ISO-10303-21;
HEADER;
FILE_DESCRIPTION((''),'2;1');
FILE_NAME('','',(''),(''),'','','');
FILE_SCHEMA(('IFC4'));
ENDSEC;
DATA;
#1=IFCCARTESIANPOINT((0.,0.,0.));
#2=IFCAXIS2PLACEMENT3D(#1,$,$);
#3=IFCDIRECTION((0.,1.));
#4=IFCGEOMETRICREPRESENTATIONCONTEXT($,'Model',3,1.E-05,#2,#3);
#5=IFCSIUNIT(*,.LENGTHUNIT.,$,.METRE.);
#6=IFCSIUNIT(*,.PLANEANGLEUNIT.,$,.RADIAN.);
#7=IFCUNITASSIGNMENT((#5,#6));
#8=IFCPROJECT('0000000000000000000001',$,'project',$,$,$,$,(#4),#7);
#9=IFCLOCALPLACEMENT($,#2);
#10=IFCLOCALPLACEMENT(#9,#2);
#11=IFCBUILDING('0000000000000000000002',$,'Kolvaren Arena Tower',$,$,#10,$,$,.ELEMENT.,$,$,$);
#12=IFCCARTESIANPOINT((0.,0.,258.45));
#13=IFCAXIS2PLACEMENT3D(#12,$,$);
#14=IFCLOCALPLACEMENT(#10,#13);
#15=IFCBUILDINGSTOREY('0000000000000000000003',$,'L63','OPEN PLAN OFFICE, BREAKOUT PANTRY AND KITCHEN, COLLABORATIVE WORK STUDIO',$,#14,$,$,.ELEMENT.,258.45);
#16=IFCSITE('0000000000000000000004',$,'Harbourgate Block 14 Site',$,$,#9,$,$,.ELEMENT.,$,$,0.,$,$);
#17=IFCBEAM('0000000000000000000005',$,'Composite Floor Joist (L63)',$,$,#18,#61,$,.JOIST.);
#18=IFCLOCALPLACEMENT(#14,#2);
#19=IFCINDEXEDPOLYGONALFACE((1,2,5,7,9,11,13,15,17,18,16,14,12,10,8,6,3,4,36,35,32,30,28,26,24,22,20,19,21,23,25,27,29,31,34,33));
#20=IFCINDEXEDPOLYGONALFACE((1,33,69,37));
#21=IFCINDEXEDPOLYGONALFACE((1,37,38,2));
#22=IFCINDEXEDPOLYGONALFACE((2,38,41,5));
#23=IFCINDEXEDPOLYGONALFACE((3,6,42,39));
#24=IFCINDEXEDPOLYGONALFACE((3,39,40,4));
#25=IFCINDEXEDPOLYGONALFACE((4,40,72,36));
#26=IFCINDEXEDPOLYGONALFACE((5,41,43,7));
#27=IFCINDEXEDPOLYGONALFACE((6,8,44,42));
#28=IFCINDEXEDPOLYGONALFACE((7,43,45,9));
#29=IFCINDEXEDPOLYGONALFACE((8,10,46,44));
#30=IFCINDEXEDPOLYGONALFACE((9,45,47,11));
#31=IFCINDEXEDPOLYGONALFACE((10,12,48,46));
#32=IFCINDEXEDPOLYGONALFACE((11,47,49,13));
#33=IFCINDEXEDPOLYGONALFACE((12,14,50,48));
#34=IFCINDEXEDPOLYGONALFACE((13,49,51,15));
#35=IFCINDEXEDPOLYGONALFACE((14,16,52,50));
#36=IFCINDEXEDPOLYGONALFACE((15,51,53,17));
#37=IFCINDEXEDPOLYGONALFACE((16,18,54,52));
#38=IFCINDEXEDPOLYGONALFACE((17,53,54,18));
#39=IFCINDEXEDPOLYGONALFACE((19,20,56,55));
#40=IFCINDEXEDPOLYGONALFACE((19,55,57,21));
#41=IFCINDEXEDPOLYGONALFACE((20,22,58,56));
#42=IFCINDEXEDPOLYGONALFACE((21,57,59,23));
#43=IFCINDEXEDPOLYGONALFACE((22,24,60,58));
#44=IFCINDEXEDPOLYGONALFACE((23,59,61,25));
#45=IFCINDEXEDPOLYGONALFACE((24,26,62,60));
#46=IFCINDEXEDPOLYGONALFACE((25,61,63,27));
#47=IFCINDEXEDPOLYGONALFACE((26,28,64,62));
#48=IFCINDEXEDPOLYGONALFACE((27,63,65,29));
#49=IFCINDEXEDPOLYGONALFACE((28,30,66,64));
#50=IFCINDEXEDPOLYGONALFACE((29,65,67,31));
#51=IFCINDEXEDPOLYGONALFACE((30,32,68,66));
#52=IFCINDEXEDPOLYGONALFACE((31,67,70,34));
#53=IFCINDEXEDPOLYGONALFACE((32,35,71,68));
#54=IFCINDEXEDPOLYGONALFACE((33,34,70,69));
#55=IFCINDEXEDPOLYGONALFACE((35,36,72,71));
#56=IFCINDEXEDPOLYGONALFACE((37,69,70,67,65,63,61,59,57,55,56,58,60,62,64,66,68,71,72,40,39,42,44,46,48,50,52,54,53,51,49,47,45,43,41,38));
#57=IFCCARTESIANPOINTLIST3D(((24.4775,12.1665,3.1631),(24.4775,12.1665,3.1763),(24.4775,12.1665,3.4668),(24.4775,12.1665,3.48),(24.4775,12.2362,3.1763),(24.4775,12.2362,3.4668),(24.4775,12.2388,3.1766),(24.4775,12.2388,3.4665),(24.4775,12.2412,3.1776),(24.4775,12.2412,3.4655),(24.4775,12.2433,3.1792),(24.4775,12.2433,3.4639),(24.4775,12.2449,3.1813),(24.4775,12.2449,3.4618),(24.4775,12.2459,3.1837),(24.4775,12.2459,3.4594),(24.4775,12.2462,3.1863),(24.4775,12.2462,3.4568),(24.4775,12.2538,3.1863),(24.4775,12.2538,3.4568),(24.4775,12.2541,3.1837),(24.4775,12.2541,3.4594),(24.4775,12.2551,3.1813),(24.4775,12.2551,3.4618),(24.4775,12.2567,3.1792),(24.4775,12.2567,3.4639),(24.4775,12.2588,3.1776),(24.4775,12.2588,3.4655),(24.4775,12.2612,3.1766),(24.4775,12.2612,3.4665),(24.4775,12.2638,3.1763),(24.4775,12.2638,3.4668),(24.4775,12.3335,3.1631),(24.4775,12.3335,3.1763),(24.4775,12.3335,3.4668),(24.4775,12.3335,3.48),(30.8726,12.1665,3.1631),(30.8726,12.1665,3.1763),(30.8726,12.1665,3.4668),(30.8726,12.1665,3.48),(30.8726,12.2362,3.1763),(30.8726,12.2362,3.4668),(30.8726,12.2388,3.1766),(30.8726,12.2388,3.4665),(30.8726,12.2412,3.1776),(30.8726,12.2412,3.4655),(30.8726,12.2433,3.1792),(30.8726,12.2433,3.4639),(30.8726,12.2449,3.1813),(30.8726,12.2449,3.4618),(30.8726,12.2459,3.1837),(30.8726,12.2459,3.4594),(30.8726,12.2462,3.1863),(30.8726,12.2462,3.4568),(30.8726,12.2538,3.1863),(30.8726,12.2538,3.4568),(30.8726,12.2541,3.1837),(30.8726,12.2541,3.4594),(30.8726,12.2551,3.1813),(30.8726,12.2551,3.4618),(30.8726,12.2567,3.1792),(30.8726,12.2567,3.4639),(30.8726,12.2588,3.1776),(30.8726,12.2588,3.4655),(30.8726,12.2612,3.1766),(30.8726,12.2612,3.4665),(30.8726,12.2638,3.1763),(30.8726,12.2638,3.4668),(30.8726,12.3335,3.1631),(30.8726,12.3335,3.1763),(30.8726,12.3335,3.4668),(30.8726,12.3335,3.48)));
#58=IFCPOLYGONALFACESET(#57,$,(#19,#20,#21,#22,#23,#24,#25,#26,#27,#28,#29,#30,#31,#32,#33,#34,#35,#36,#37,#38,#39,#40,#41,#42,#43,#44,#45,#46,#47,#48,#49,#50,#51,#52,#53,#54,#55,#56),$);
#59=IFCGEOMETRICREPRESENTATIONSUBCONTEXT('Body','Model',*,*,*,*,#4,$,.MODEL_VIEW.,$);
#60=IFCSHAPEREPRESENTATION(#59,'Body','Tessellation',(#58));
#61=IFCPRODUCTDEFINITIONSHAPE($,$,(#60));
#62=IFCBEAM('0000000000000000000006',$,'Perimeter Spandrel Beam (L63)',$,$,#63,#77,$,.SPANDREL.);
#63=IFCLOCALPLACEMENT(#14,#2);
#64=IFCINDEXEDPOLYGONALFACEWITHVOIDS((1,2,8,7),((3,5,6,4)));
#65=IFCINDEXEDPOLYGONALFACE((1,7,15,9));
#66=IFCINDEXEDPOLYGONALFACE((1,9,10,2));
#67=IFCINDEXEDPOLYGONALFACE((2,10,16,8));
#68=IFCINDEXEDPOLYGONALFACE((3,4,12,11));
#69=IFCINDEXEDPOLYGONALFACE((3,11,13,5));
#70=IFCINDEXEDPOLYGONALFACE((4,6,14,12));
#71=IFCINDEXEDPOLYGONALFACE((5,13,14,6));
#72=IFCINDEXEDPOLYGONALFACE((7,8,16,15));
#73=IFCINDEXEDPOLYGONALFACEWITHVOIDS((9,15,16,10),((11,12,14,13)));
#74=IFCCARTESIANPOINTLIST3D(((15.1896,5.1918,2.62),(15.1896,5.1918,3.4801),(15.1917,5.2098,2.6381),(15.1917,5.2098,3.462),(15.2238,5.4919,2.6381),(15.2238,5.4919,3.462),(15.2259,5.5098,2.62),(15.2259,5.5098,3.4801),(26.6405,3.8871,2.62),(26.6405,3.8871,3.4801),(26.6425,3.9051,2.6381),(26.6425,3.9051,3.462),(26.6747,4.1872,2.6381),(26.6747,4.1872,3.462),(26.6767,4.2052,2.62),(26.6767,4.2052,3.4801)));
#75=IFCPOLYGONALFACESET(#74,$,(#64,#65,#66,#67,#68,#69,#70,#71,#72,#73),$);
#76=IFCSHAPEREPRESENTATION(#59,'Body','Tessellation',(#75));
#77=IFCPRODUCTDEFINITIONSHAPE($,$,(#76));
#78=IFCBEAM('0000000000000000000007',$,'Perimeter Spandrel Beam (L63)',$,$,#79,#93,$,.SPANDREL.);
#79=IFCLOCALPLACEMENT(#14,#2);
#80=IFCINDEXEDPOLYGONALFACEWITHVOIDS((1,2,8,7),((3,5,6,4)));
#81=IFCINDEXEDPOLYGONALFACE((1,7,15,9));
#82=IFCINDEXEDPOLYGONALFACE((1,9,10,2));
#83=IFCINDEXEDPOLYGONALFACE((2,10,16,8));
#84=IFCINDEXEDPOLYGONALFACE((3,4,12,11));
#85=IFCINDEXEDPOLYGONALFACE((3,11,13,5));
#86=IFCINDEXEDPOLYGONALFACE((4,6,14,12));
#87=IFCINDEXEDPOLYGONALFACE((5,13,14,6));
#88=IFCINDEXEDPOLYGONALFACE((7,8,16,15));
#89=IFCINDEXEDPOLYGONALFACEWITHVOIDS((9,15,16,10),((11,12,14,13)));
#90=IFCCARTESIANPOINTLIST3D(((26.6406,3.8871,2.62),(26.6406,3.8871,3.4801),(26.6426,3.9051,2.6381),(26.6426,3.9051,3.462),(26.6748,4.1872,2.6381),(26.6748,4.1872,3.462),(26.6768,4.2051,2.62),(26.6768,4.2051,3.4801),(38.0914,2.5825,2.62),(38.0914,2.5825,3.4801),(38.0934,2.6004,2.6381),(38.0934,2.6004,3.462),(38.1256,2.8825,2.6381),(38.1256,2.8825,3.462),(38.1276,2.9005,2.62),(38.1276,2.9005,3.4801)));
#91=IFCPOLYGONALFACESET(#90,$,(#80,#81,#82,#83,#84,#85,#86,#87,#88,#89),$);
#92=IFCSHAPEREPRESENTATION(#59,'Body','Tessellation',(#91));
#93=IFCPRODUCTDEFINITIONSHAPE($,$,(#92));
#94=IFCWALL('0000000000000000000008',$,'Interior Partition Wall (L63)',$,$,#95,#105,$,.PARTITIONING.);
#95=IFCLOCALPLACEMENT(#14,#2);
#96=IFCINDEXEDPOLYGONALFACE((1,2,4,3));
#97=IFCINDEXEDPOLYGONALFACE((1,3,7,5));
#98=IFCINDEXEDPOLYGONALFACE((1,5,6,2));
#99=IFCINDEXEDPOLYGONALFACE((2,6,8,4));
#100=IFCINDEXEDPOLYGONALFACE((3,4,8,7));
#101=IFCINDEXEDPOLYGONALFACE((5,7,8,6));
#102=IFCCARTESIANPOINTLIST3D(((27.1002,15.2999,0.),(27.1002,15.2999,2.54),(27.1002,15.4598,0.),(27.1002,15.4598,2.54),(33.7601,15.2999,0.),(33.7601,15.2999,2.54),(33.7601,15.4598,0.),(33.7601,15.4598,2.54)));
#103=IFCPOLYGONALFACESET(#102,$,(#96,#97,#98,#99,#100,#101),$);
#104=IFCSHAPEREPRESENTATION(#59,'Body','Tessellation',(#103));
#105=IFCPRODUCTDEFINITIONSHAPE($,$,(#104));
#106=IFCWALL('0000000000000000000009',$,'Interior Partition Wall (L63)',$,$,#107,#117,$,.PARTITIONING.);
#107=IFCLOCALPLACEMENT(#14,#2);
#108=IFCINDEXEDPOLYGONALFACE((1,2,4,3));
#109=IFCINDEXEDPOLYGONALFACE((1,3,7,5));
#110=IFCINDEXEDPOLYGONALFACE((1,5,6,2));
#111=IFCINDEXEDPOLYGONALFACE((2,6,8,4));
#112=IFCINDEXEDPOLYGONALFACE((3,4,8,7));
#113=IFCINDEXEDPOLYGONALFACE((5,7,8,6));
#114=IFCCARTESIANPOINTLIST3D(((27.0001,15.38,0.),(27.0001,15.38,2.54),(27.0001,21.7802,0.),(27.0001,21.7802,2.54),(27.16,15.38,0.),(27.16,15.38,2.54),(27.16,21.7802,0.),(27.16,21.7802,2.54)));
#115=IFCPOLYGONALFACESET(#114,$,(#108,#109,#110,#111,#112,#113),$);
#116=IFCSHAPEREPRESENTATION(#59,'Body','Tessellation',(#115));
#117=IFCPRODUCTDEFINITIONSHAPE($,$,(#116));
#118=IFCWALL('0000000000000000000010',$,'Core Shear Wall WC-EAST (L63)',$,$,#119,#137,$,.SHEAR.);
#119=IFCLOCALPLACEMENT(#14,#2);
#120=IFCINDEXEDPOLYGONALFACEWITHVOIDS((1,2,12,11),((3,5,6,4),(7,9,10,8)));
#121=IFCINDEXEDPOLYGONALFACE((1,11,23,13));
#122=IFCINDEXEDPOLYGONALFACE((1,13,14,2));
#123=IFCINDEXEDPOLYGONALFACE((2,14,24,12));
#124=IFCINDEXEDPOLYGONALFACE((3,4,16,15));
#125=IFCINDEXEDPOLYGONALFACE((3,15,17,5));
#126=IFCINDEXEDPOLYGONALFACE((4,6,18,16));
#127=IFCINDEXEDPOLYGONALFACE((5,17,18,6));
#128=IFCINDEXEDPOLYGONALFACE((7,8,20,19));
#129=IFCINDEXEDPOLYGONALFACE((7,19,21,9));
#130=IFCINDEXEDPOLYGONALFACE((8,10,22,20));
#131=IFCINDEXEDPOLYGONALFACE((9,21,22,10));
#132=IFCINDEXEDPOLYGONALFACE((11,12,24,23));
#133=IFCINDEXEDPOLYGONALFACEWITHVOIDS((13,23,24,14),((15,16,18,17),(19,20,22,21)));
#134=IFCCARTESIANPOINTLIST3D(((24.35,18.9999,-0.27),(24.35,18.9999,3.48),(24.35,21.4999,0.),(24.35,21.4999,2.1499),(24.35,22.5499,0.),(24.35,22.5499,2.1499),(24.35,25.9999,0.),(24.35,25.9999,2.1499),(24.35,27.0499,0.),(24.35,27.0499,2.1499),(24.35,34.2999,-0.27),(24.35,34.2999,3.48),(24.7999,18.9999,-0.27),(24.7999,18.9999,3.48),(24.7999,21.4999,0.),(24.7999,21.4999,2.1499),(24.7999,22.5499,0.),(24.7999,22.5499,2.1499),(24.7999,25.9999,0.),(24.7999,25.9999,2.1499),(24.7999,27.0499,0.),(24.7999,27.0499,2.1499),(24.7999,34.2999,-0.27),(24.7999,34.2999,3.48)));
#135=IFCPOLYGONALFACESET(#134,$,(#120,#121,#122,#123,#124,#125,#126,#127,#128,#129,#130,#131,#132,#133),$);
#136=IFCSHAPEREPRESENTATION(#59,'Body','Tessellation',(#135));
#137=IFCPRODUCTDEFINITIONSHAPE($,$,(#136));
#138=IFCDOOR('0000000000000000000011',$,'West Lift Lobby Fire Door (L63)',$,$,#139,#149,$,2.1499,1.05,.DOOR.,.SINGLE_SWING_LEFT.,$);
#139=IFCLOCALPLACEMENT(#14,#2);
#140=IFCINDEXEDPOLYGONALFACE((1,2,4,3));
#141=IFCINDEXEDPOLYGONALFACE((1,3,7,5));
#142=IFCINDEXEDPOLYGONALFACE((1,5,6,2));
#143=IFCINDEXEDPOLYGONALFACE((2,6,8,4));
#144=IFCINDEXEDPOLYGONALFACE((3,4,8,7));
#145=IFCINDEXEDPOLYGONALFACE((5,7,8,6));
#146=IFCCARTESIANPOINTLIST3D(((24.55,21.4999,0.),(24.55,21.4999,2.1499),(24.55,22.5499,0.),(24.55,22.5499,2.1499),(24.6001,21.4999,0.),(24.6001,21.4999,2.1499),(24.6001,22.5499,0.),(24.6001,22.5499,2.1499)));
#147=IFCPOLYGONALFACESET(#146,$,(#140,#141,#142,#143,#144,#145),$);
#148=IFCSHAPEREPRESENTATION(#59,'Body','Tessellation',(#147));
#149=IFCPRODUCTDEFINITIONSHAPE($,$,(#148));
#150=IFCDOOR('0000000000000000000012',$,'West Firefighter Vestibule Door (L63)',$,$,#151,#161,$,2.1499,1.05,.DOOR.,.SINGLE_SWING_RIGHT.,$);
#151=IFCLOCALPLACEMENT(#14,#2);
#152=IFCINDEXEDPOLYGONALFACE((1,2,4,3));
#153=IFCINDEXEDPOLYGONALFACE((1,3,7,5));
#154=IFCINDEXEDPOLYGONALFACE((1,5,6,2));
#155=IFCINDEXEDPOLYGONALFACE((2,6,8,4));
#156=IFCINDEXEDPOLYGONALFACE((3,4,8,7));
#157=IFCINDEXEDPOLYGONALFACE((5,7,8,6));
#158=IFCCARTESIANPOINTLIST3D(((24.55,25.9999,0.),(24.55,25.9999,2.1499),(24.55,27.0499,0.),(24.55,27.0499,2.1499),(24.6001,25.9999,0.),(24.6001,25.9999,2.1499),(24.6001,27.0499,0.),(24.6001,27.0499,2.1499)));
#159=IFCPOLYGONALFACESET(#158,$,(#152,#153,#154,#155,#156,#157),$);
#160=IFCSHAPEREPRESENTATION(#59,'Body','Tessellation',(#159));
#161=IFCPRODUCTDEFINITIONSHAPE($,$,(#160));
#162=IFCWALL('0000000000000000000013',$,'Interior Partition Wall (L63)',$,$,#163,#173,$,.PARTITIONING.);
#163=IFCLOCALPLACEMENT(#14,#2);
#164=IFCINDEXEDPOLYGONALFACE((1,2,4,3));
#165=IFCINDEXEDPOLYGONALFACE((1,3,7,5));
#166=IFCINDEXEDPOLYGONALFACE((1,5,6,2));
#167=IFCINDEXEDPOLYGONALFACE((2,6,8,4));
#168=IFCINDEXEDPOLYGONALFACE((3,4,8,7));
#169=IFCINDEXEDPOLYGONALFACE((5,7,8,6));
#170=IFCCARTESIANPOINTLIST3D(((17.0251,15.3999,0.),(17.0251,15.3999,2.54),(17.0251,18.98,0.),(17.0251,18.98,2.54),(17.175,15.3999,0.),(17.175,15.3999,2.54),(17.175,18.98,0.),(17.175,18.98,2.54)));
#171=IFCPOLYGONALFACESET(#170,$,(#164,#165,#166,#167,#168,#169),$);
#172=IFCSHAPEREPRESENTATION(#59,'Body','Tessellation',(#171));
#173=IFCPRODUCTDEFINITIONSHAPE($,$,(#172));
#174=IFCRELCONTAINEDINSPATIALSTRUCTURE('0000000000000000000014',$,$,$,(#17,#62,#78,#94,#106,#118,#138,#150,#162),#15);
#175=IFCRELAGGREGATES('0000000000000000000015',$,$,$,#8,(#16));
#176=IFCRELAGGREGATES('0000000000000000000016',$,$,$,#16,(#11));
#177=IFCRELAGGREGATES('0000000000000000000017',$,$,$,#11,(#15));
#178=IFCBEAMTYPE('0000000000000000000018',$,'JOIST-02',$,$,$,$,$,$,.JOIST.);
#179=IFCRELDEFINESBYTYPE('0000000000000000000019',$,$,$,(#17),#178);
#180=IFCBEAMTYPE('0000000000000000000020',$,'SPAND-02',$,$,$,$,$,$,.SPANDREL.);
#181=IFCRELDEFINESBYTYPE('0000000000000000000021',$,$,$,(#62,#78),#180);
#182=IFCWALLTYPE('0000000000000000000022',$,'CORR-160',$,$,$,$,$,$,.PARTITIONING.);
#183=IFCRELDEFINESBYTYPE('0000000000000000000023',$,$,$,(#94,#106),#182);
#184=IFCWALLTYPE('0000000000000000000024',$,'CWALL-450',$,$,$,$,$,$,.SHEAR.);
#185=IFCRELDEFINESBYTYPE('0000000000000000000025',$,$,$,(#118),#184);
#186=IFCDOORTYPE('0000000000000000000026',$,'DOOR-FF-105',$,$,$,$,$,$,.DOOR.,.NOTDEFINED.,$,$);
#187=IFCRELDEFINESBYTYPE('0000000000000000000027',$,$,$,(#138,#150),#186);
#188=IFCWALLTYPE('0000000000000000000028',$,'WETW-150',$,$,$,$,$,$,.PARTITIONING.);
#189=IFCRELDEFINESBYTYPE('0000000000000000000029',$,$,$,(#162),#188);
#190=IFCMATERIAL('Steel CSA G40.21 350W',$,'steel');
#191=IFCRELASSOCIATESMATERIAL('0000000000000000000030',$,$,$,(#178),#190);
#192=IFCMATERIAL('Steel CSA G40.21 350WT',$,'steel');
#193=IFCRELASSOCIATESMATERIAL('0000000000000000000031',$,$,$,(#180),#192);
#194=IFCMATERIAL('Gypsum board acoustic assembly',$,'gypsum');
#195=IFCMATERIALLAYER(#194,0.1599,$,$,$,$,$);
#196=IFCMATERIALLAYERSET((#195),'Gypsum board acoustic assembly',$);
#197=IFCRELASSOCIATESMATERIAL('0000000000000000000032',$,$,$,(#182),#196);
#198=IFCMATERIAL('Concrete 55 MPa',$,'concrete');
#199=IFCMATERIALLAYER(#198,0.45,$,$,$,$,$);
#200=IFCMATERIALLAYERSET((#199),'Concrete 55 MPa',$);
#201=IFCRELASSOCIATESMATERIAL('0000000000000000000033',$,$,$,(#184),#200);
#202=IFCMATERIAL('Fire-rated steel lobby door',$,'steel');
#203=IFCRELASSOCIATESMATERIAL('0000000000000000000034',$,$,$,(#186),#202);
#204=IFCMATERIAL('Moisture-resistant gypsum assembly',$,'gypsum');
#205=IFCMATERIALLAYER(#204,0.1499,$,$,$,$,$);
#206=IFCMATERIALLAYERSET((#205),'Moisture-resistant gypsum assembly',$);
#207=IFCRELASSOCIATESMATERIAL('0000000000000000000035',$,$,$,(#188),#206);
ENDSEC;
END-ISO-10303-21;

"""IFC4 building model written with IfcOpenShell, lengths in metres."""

from ifc_helpers import new_model, si_unit, direction, frame, frame_2d, origin, origin_2d, place, context, subcontext, project, spatial, rectangle, hollow_rectangle, i_section, extrude, material, layer, layer_set, material_profile, profile_set, type_object, element, fill, save


model = new_model("IFC4")

# Units and contexts
model_context = context("Model", 3, precision=1e-05, world=origin(), true_north=direction((0.0, 1.0)))
body_context = subcontext(model_context, "Body", "Model", "MODEL_VIEW")
ifc_project = project(units=[si_unit("LENGTHUNIT", "METRE"), si_unit("PLANEANGLEUNIT", "RADIAN")], contexts=[model_context])

# Site, building, storey
site_placement = place(None, origin())
site = spatial("IfcSite", under=ifc_project, at=site_placement, Name="Harbourgate Block 14 Site", CompositionType="ELEMENT", RefElevation=0.0)
building_placement = place(site_placement, origin())
building = spatial("IfcBuilding", under=site, at=building_placement, Name="Kolvaren Arena Tower", CompositionType="ELEMENT")
storey_placement = place(building_placement, frame((0.0, 0.0, 258.45)))
storey = spatial("IfcBuildingStorey", under=building, at=storey_placement, Name="L63", Description="OPEN PLAN OFFICE, BREAKOUT PANTRY AND KITCHEN, COLLABORATIVE WORK STUDIO", CompositionType="ELEMENT", Elevation=258.45)

# Beams
ifc_material_1 = material(Name="Steel CSA G40.21 350W", Category="steel")
ifc_material_profile_1 = material_profile(ifc_material_1, i_section(OverallWidth=0.167, OverallDepth=0.3169, WebThickness=0.0076, FlangeThickness=0.0132, FilletRadius=0.01, at=origin_2d()), Name="W310x52")
ifc_profile_set_1 = profile_set([ifc_material_profile_1], Name="Steel CSA G40.21 350W")
beam_type_1 = type_object("IfcBeamType", Name="JOIST-02", PredefinedType="JOIST", material=ifc_profile_set_1)
for number, where, z_axis, x_axis, name in (
    (1, (24.4775, 12.25, 3.3215), (1.0, 0.0, 0.0), (0.0, 1.0, 0.0), "Composite Floor Joist (L63)"),
):
    element("IfcBeam", number, at=place(storey_placement, frame(where, z_axis=z_axis, x_axis=x_axis)), inside=storey, type_object=beam_type_1, Name=name, PredefinedType="JOIST", context=body_context, shape_type="SweptSolid", body=[
        extrude(i_section(OverallWidth=0.167, OverallDepth=0.3169, WebThickness=0.0076, FlangeThickness=0.0132, FilletRadius=0.01, at=origin_2d()), origin(), (0.0, 0.0, 1.0), 6.395),
    ])
ifc_material_2 = material(Name="Steel CSA G40.21 350WT", Category="steel")
ifc_material_profile_2 = material_profile(ifc_material_2, hollow_rectangle(XDim=0.3201, YDim=0.8601, WallThickness=0.0181, at=origin_2d()), Name="HSS 860x320x18")
ifc_profile_set_2 = profile_set([ifc_material_profile_2], Name="Steel CSA G40.21 350WT")
beam_type_2 = type_object("IfcBeamType", Name="SPAND-02", PredefinedType="SPANDREL", material=ifc_profile_set_2)
for number, where, z_axis, x_axis, name in (
    (2, (15.2078, 5.3508, 3.05), (0.993572, -0.113205, 0.0), (0.113205, 0.993572, 0.0), "Perimeter Spandrel Beam (L63)"),
    (3, (26.6587, 4.0461, 3.05), (0.993572, -0.113205, 0.0), (0.113205, 0.993572, 0.0), "Perimeter Spandrel Beam (L63)"),
):
    element("IfcBeam", number, at=place(storey_placement, frame(where, z_axis=z_axis, x_axis=x_axis)), inside=storey, type_object=beam_type_2, Name=name, PredefinedType="SPANDREL", context=body_context, shape_type="SweptSolid", body=[
        extrude(hollow_rectangle(XDim=0.3201, YDim=0.8601, WallThickness=0.0181, at=origin_2d()), origin(), (0.0, 0.0, 1.0), 11.5249),
    ])

# Walls
ifc_material_3 = material(Name="Gypsum board acoustic assembly", Category="gypsum")
ifc_layer_1 = layer(ifc_material_3, 0.1599)
ifc_layer_set_1 = layer_set([ifc_layer_1], Name="Gypsum board acoustic assembly")
wall_type_1 = type_object("IfcWallType", Name="CORR-160", PredefinedType="PARTITIONING", material=ifc_layer_set_1)
wall_1_placement = place(storey_placement, frame((27.1001, 15.3799, 0.0), z_axis=(0.0, 0.0, 1.0), x_axis=(1.0, 0.0, 0.0)))
element("IfcWall", 4, at=wall_1_placement, inside=storey, type_object=wall_type_1, Name="Interior Partition Wall (L63)", PredefinedType="PARTITIONING", context=body_context, shape_type="SweptSolid", body=[
    extrude(rectangle(XDim=6.6599, YDim=0.1599, at=frame_2d((3.3301, 0.0))), origin(), (0.0, 0.0, 1.0), 2.54),
])
wall_2_placement = place(storey_placement, frame((27.0801, 15.3799, 0.0), z_axis=(0.0, 0.0, 1.0), x_axis=(0.0, 1.0, 0.0)))
element("IfcWall", 5, at=wall_2_placement, inside=storey, type_object=wall_type_1, Name="Interior Partition Wall (L63)", PredefinedType="PARTITIONING", context=body_context, shape_type="SweptSolid", body=[
    extrude(rectangle(XDim=6.4001, YDim=0.1599, at=frame_2d((3.2002, 0.0))), origin(), (0.0, 0.0, 1.0), 2.54),
])

# Wall, openings, doors
ifc_material_4 = material(Name="Concrete 55 MPa", Category="concrete")
ifc_layer_2 = layer(ifc_material_4, 0.45)
ifc_layer_set_2 = layer_set([ifc_layer_2], Name="Concrete 55 MPa")
wall_type_2 = type_object("IfcWallType", Name="CWALL-450", PredefinedType="SHEAR", material=ifc_layer_set_2)
wall_3_placement = place(storey_placement, frame((24.575, 19.0, -0.27), z_axis=(0.0, 0.0, 1.0), x_axis=(0.0, 1.0, 0.0)))
wall_3 = element("IfcWall", 6, at=wall_3_placement, inside=storey, type_object=wall_type_2, Name="Core Shear Wall WC-EAST (L63)", PredefinedType="SHEAR", context=body_context, shape_type="SweptSolid", body=[
    extrude(rectangle(XDim=15.3, YDim=0.45, at=frame_2d((7.6499, 0.0))), origin(), (0.0, 0.0, 1.0), 3.75),
])
opening_1_placement = place(wall_3_placement, frame((2.5, 0.0, 0.27)))
opening_1 = element("IfcOpeningElement", 7, at=opening_1_placement, cuts=wall_3, PredefinedType="OPENING", context=body_context, shape_type="SweptSolid", body=[
    extrude(rectangle(XDim=1.05, YDim=2.1499, at=frame_2d((0.5249, 1.075))), frame((0.0, 0.2349, 0.0), z_axis=(0.0, -1.0, 0.0), x_axis=(1.0, 0.0, 0.0)), (0.0, 0.0, 1.0), 0.47),
])
opening_2_placement = place(wall_3_placement, frame((7.0, 0.0, 0.27)))
opening_2 = element("IfcOpeningElement", 8, at=opening_2_placement, cuts=wall_3, PredefinedType="OPENING", context=body_context, shape_type="SweptSolid", body=[
    extrude(rectangle(XDim=1.05, YDim=2.1499, at=frame_2d((0.5249, 1.075))), frame((0.0, 0.2349, 0.0), z_axis=(0.0, -1.0, 0.0), x_axis=(1.0, 0.0, 0.0)), (0.0, 0.0, 1.0), 0.47),
])
ifc_material_5 = material(Name="Fire-rated steel lobby door", Category="steel")
door_type = type_object("IfcDoorType", Name="DOOR-FF-105", OperationType="NOTDEFINED", PredefinedType="DOOR", material=ifc_material_5)
door_1_placement = place(opening_1_placement, origin())
door_1 = element("IfcDoor", 9, at=door_1_placement, inside=storey, type_object=door_type, Name="West Lift Lobby Fire Door (L63)", OperationType="SINGLE_SWING_LEFT", OverallHeight=2.1499, OverallWidth=1.05, PredefinedType="DOOR", context=body_context, shape_type="SweptSolid", body=[
    extrude(rectangle(XDim=1.05, YDim=2.1499, at=frame_2d((0.5249, 1.075))), frame((0.0, 0.0249, 0.0), z_axis=(0.0, -1.0, 0.0), x_axis=(1.0, 0.0, 0.0)), (0.0, 0.0, 1.0), 0.05),
])
fill(opening_1, door_1)
door_2_placement = place(opening_2_placement, origin())
door_2 = element("IfcDoor", 10, at=door_2_placement, inside=storey, type_object=door_type, Name="West Firefighter Vestibule Door (L63)", OperationType="SINGLE_SWING_RIGHT", OverallHeight=2.1499, OverallWidth=1.05, PredefinedType="DOOR", context=body_context, shape_type="SweptSolid", body=[
    extrude(rectangle(XDim=1.05, YDim=2.1499, at=frame_2d((0.5249, 1.075))), frame((0.0, 0.0249, 0.0), z_axis=(0.0, -1.0, 0.0), x_axis=(1.0, 0.0, 0.0)), (0.0, 0.0, 1.0), 0.05),
])
fill(opening_2, door_2)

# Wall
ifc_material_6 = material(Name="Moisture-resistant gypsum assembly", Category="gypsum")
ifc_layer_3 = layer(ifc_material_6, 0.1499)
ifc_layer_set_3 = layer_set([ifc_layer_3], Name="Moisture-resistant gypsum assembly")
wall_type_3 = type_object("IfcWallType", Name="WETW-150", PredefinedType="PARTITIONING", material=ifc_layer_set_3)
for number, where, z_axis, x_axis, name in (
    (11, (17.1001, 15.3999, 0.0), (0.0, 0.0, 1.0), (0.0, 1.0, 0.0), "Interior Partition Wall (L63)"),
):
    element("IfcWall", number, at=place(storey_placement, frame(where, z_axis=z_axis, x_axis=x_axis)), inside=storey, type_object=wall_type_3, Name=name, PredefinedType="PARTITIONING", context=body_context, shape_type="SweptSolid", body=[
        extrude(rectangle(XDim=3.5801, YDim=0.1499, at=frame_2d((1.79, 0.0))), origin(), (0.0, 0.0, 1.0), 2.54),
    ])

save(model, "model.ifc")
